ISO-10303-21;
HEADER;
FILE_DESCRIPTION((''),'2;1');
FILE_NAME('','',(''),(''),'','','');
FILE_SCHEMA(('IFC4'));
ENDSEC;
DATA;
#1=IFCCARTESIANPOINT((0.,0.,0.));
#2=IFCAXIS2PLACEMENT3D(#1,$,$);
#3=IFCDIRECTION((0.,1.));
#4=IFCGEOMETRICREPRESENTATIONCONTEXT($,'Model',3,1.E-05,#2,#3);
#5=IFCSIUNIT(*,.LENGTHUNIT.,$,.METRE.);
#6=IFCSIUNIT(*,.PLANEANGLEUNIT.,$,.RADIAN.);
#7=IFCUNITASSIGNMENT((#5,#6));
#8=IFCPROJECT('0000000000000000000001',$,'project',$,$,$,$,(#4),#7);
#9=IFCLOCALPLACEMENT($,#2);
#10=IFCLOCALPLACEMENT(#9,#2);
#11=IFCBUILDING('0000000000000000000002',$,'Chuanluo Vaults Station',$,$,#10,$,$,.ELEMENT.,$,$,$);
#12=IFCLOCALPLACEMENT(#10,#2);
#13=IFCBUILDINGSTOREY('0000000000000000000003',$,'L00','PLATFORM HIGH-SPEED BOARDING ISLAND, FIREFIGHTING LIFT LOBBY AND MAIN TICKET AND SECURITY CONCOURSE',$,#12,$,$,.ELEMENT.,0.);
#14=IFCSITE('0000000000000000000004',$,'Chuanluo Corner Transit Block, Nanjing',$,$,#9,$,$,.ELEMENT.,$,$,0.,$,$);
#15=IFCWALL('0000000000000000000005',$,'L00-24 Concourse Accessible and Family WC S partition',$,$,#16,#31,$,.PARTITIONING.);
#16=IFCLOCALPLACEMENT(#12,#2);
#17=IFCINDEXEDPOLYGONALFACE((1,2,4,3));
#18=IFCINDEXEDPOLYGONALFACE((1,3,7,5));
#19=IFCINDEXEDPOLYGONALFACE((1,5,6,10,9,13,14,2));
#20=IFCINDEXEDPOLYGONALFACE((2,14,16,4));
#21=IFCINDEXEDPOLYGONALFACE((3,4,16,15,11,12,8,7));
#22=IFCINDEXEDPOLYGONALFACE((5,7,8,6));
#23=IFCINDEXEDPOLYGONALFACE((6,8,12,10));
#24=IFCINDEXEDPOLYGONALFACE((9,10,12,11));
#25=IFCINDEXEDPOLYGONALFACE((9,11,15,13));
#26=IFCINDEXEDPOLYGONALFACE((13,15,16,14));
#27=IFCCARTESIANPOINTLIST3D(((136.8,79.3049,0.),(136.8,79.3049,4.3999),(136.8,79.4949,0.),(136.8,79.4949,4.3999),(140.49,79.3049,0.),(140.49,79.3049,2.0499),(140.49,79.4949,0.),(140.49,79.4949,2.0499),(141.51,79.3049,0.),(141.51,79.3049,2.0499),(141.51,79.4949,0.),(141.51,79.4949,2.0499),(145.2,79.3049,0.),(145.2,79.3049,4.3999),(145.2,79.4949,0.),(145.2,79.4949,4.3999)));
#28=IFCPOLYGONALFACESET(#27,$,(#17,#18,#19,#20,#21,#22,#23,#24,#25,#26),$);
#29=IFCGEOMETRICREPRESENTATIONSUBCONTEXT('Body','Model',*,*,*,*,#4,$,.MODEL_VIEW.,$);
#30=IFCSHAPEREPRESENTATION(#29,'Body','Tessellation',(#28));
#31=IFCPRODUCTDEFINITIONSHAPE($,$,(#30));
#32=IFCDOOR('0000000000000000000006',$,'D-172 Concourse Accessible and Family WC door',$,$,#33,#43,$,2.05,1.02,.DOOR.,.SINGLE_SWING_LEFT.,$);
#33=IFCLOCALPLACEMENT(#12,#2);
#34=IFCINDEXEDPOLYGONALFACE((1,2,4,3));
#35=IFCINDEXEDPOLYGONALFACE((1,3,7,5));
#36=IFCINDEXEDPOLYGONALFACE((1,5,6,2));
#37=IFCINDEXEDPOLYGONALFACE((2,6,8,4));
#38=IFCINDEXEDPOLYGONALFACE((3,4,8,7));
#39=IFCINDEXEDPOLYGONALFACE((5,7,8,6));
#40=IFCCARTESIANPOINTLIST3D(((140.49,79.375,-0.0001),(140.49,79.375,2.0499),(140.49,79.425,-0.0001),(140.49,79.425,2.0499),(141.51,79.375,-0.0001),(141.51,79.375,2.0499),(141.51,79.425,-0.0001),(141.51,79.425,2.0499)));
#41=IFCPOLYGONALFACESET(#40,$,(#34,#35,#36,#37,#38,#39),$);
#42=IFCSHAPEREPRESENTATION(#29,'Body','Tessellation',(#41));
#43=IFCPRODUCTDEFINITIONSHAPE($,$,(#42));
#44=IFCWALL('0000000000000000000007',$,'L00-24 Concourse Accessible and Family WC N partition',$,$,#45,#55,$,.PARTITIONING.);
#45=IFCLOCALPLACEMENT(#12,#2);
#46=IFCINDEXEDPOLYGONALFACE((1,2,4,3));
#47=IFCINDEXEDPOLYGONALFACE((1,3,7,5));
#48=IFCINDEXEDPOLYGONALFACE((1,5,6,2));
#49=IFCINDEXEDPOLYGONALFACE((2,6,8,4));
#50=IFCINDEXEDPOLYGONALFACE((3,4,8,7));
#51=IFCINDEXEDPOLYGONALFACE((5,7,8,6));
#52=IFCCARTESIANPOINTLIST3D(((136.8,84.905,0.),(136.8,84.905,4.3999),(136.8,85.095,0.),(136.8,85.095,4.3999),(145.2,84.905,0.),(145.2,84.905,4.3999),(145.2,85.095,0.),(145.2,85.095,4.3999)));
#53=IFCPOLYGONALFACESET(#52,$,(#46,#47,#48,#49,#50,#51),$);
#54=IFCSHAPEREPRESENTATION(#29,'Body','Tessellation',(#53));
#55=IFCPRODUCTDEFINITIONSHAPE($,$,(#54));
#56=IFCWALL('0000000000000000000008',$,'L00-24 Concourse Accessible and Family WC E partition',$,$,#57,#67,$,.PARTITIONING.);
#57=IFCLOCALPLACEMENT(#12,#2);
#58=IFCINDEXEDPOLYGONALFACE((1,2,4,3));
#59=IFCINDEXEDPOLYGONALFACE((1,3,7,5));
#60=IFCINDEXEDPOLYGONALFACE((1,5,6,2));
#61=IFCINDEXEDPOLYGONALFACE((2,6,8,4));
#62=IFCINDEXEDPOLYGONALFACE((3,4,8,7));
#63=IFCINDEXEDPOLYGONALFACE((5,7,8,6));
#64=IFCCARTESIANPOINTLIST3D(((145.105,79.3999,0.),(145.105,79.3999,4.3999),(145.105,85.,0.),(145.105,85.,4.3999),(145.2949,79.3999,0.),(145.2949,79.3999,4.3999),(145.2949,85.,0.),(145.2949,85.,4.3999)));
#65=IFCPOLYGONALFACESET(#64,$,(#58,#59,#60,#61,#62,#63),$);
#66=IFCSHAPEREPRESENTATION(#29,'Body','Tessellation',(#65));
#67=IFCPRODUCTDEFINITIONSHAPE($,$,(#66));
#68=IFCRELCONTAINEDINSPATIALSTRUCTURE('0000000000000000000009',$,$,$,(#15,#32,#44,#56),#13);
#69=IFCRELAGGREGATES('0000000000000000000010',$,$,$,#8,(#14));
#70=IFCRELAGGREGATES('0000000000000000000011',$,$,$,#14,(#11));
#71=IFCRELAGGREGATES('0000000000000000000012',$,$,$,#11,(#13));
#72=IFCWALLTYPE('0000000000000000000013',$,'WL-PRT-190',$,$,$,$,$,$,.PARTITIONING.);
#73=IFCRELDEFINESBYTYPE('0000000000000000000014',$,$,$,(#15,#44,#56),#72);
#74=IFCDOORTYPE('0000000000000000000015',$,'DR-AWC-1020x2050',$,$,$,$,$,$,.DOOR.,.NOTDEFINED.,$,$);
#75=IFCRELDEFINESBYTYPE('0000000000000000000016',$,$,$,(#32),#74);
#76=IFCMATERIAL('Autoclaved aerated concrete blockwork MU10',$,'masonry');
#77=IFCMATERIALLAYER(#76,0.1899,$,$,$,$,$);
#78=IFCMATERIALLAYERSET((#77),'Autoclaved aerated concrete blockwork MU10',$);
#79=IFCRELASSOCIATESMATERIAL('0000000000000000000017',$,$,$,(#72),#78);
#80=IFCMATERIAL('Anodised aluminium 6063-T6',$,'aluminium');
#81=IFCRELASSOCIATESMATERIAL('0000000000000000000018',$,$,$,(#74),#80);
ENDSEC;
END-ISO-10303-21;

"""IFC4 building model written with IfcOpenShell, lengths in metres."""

from ifc_helpers import new_model, si_unit, direction, frame, frame_2d, origin, place, context, subcontext, project, spatial, rectangle, extrude, material, layer, layer_set, type_object, element, fill, save


model = new_model("IFC4")

# Units and contexts
model_context = context("Model", 3, precision=1e-05, world=origin(), true_north=direction((0.0, 1.0)))
body_context = subcontext(model_context, "Body", "Model", "MODEL_VIEW")
ifc_project = project(units=[si_unit("LENGTHUNIT", "METRE"), si_unit("PLANEANGLEUNIT", "RADIAN")], contexts=[model_context])

# Site, building, storey
site_placement = place(None, origin())
site = spatial("IfcSite", under=ifc_project, at=site_placement, Name="Chuanluo Corner Transit Block, Nanjing", CompositionType="ELEMENT", RefElevation=0.0)
building_placement = place(site_placement, origin())
building = spatial("IfcBuilding", under=site, at=building_placement, Name="Chuanluo Vaults Station", CompositionType="ELEMENT")
storey_placement = place(building_placement, origin())
storey = spatial("IfcBuildingStorey", under=building, at=storey_placement, Name="L00", Description="PLATFORM HIGH-SPEED BOARDING ISLAND, FIREFIGHTING LIFT LOBBY AND MAIN TICKET AND SECURITY CONCOURSE", CompositionType="ELEMENT", Elevation=0.0)

# Wall, opening, door
ifc_material_1 = material(Name="Autoclaved aerated concrete blockwork MU10", Category="masonry")
ifc_layer_1 = layer(ifc_material_1, 0.1899)
ifc_layer_set_1 = layer_set([ifc_layer_1], Name="Autoclaved aerated concrete blockwork MU10")
wall_type_1 = type_object("IfcWallType", Name="WL-PRT-190", PredefinedType="PARTITIONING", material=ifc_layer_set_1)
wall_1_placement = place(storey_placement, frame((145.2, 79.3999, 0.0), z_axis=(0.0, 0.0, 1.0), x_axis=(-1.0, 0.0, 0.0)))
wall_1 = element("IfcWall", 1, at=wall_1_placement, inside=storey, type_object=wall_type_1, Name="L00-24 Concourse Accessible and Family WC S partition", PredefinedType="PARTITIONING", context=body_context, shape_type="SweptSolid", body=[
    extrude(rectangle(XDim=8.3999, YDim=0.1899, at=frame_2d((4.2, 0.0))), origin(), (0.0, 0.0, 1.0), 4.3999),
])
opening_1_placement = place(wall_1_placement, frame((3.6899, 0.0, 0.0)))
opening_1 = element("IfcOpeningElement", 2, at=opening_1_placement, cuts=wall_1, PredefinedType="OPENING", context=body_context, shape_type="SweptSolid", body=[
    extrude(rectangle(XDim=1.02, YDim=2.05, at=frame_2d((0.51, 1.0249))), frame((0.0, 0.105, 0.0), z_axis=(0.0, -1.0, 0.0), x_axis=(1.0, 0.0, 0.0)), (0.0, 0.0, 1.0), 0.2099),
])
ifc_material_2 = material(Name="Anodised aluminium 6063-T6", Category="aluminium")
door_type_1 = type_object("IfcDoorType", Name="DR-AWC-1020x2050", OperationType="NOTDEFINED", PredefinedType="DOOR", material=ifc_material_2)
door_1_placement = place(opening_1_placement, origin())
door_1 = element("IfcDoor", 3, at=door_1_placement, inside=storey, type_object=door_type_1, Name="D-172 Concourse Accessible and Family WC door", OperationType="SINGLE_SWING_LEFT", OverallHeight=2.05, OverallWidth=1.02, PredefinedType="DOOR", context=body_context, shape_type="SweptSolid", body=[
    extrude(rectangle(XDim=1.02, YDim=2.05, at=frame_2d((0.51, 1.0249))), frame((0.0, 0.0249, 0.0), z_axis=(0.0, -1.0, 0.0), x_axis=(1.0, 0.0, 0.0)), (0.0, 0.0, 1.0), 0.05),
])
fill(opening_1, door_1)

# Walls
wall_2_placement = place(storey_placement, frame((136.8, 85.0, 0.0), z_axis=(0.0, 0.0, 1.0), x_axis=(1.0, 0.0, 0.0)))
element("IfcWall", 4, at=wall_2_placement, inside=storey, type_object=wall_type_1, Name="L00-24 Concourse Accessible and Family WC N partition", PredefinedType="PARTITIONING", context=body_context, shape_type="SweptSolid", body=[
    extrude(rectangle(XDim=8.3999, YDim=0.1899, at=frame_2d((4.2, 0.0))), origin(), (0.0, 0.0, 1.0), 4.3999),
])
wall_3_placement = place(storey_placement, frame((145.2, 85.0, 0.0), z_axis=(0.0, 0.0, 1.0), x_axis=(0.0, -1.0, 0.0)))
element("IfcWall", 5, at=wall_3_placement, inside=storey, type_object=wall_type_1, Name="L00-24 Concourse Accessible and Family WC E partition", PredefinedType="PARTITIONING", context=body_context, shape_type="SweptSolid", body=[
    extrude(rectangle(XDim=5.6001, YDim=0.1899, at=frame_2d((2.8, 0.0))), origin(), (0.0, 0.0, 1.0), 4.3999),
])

save(model, "model.ifc")
